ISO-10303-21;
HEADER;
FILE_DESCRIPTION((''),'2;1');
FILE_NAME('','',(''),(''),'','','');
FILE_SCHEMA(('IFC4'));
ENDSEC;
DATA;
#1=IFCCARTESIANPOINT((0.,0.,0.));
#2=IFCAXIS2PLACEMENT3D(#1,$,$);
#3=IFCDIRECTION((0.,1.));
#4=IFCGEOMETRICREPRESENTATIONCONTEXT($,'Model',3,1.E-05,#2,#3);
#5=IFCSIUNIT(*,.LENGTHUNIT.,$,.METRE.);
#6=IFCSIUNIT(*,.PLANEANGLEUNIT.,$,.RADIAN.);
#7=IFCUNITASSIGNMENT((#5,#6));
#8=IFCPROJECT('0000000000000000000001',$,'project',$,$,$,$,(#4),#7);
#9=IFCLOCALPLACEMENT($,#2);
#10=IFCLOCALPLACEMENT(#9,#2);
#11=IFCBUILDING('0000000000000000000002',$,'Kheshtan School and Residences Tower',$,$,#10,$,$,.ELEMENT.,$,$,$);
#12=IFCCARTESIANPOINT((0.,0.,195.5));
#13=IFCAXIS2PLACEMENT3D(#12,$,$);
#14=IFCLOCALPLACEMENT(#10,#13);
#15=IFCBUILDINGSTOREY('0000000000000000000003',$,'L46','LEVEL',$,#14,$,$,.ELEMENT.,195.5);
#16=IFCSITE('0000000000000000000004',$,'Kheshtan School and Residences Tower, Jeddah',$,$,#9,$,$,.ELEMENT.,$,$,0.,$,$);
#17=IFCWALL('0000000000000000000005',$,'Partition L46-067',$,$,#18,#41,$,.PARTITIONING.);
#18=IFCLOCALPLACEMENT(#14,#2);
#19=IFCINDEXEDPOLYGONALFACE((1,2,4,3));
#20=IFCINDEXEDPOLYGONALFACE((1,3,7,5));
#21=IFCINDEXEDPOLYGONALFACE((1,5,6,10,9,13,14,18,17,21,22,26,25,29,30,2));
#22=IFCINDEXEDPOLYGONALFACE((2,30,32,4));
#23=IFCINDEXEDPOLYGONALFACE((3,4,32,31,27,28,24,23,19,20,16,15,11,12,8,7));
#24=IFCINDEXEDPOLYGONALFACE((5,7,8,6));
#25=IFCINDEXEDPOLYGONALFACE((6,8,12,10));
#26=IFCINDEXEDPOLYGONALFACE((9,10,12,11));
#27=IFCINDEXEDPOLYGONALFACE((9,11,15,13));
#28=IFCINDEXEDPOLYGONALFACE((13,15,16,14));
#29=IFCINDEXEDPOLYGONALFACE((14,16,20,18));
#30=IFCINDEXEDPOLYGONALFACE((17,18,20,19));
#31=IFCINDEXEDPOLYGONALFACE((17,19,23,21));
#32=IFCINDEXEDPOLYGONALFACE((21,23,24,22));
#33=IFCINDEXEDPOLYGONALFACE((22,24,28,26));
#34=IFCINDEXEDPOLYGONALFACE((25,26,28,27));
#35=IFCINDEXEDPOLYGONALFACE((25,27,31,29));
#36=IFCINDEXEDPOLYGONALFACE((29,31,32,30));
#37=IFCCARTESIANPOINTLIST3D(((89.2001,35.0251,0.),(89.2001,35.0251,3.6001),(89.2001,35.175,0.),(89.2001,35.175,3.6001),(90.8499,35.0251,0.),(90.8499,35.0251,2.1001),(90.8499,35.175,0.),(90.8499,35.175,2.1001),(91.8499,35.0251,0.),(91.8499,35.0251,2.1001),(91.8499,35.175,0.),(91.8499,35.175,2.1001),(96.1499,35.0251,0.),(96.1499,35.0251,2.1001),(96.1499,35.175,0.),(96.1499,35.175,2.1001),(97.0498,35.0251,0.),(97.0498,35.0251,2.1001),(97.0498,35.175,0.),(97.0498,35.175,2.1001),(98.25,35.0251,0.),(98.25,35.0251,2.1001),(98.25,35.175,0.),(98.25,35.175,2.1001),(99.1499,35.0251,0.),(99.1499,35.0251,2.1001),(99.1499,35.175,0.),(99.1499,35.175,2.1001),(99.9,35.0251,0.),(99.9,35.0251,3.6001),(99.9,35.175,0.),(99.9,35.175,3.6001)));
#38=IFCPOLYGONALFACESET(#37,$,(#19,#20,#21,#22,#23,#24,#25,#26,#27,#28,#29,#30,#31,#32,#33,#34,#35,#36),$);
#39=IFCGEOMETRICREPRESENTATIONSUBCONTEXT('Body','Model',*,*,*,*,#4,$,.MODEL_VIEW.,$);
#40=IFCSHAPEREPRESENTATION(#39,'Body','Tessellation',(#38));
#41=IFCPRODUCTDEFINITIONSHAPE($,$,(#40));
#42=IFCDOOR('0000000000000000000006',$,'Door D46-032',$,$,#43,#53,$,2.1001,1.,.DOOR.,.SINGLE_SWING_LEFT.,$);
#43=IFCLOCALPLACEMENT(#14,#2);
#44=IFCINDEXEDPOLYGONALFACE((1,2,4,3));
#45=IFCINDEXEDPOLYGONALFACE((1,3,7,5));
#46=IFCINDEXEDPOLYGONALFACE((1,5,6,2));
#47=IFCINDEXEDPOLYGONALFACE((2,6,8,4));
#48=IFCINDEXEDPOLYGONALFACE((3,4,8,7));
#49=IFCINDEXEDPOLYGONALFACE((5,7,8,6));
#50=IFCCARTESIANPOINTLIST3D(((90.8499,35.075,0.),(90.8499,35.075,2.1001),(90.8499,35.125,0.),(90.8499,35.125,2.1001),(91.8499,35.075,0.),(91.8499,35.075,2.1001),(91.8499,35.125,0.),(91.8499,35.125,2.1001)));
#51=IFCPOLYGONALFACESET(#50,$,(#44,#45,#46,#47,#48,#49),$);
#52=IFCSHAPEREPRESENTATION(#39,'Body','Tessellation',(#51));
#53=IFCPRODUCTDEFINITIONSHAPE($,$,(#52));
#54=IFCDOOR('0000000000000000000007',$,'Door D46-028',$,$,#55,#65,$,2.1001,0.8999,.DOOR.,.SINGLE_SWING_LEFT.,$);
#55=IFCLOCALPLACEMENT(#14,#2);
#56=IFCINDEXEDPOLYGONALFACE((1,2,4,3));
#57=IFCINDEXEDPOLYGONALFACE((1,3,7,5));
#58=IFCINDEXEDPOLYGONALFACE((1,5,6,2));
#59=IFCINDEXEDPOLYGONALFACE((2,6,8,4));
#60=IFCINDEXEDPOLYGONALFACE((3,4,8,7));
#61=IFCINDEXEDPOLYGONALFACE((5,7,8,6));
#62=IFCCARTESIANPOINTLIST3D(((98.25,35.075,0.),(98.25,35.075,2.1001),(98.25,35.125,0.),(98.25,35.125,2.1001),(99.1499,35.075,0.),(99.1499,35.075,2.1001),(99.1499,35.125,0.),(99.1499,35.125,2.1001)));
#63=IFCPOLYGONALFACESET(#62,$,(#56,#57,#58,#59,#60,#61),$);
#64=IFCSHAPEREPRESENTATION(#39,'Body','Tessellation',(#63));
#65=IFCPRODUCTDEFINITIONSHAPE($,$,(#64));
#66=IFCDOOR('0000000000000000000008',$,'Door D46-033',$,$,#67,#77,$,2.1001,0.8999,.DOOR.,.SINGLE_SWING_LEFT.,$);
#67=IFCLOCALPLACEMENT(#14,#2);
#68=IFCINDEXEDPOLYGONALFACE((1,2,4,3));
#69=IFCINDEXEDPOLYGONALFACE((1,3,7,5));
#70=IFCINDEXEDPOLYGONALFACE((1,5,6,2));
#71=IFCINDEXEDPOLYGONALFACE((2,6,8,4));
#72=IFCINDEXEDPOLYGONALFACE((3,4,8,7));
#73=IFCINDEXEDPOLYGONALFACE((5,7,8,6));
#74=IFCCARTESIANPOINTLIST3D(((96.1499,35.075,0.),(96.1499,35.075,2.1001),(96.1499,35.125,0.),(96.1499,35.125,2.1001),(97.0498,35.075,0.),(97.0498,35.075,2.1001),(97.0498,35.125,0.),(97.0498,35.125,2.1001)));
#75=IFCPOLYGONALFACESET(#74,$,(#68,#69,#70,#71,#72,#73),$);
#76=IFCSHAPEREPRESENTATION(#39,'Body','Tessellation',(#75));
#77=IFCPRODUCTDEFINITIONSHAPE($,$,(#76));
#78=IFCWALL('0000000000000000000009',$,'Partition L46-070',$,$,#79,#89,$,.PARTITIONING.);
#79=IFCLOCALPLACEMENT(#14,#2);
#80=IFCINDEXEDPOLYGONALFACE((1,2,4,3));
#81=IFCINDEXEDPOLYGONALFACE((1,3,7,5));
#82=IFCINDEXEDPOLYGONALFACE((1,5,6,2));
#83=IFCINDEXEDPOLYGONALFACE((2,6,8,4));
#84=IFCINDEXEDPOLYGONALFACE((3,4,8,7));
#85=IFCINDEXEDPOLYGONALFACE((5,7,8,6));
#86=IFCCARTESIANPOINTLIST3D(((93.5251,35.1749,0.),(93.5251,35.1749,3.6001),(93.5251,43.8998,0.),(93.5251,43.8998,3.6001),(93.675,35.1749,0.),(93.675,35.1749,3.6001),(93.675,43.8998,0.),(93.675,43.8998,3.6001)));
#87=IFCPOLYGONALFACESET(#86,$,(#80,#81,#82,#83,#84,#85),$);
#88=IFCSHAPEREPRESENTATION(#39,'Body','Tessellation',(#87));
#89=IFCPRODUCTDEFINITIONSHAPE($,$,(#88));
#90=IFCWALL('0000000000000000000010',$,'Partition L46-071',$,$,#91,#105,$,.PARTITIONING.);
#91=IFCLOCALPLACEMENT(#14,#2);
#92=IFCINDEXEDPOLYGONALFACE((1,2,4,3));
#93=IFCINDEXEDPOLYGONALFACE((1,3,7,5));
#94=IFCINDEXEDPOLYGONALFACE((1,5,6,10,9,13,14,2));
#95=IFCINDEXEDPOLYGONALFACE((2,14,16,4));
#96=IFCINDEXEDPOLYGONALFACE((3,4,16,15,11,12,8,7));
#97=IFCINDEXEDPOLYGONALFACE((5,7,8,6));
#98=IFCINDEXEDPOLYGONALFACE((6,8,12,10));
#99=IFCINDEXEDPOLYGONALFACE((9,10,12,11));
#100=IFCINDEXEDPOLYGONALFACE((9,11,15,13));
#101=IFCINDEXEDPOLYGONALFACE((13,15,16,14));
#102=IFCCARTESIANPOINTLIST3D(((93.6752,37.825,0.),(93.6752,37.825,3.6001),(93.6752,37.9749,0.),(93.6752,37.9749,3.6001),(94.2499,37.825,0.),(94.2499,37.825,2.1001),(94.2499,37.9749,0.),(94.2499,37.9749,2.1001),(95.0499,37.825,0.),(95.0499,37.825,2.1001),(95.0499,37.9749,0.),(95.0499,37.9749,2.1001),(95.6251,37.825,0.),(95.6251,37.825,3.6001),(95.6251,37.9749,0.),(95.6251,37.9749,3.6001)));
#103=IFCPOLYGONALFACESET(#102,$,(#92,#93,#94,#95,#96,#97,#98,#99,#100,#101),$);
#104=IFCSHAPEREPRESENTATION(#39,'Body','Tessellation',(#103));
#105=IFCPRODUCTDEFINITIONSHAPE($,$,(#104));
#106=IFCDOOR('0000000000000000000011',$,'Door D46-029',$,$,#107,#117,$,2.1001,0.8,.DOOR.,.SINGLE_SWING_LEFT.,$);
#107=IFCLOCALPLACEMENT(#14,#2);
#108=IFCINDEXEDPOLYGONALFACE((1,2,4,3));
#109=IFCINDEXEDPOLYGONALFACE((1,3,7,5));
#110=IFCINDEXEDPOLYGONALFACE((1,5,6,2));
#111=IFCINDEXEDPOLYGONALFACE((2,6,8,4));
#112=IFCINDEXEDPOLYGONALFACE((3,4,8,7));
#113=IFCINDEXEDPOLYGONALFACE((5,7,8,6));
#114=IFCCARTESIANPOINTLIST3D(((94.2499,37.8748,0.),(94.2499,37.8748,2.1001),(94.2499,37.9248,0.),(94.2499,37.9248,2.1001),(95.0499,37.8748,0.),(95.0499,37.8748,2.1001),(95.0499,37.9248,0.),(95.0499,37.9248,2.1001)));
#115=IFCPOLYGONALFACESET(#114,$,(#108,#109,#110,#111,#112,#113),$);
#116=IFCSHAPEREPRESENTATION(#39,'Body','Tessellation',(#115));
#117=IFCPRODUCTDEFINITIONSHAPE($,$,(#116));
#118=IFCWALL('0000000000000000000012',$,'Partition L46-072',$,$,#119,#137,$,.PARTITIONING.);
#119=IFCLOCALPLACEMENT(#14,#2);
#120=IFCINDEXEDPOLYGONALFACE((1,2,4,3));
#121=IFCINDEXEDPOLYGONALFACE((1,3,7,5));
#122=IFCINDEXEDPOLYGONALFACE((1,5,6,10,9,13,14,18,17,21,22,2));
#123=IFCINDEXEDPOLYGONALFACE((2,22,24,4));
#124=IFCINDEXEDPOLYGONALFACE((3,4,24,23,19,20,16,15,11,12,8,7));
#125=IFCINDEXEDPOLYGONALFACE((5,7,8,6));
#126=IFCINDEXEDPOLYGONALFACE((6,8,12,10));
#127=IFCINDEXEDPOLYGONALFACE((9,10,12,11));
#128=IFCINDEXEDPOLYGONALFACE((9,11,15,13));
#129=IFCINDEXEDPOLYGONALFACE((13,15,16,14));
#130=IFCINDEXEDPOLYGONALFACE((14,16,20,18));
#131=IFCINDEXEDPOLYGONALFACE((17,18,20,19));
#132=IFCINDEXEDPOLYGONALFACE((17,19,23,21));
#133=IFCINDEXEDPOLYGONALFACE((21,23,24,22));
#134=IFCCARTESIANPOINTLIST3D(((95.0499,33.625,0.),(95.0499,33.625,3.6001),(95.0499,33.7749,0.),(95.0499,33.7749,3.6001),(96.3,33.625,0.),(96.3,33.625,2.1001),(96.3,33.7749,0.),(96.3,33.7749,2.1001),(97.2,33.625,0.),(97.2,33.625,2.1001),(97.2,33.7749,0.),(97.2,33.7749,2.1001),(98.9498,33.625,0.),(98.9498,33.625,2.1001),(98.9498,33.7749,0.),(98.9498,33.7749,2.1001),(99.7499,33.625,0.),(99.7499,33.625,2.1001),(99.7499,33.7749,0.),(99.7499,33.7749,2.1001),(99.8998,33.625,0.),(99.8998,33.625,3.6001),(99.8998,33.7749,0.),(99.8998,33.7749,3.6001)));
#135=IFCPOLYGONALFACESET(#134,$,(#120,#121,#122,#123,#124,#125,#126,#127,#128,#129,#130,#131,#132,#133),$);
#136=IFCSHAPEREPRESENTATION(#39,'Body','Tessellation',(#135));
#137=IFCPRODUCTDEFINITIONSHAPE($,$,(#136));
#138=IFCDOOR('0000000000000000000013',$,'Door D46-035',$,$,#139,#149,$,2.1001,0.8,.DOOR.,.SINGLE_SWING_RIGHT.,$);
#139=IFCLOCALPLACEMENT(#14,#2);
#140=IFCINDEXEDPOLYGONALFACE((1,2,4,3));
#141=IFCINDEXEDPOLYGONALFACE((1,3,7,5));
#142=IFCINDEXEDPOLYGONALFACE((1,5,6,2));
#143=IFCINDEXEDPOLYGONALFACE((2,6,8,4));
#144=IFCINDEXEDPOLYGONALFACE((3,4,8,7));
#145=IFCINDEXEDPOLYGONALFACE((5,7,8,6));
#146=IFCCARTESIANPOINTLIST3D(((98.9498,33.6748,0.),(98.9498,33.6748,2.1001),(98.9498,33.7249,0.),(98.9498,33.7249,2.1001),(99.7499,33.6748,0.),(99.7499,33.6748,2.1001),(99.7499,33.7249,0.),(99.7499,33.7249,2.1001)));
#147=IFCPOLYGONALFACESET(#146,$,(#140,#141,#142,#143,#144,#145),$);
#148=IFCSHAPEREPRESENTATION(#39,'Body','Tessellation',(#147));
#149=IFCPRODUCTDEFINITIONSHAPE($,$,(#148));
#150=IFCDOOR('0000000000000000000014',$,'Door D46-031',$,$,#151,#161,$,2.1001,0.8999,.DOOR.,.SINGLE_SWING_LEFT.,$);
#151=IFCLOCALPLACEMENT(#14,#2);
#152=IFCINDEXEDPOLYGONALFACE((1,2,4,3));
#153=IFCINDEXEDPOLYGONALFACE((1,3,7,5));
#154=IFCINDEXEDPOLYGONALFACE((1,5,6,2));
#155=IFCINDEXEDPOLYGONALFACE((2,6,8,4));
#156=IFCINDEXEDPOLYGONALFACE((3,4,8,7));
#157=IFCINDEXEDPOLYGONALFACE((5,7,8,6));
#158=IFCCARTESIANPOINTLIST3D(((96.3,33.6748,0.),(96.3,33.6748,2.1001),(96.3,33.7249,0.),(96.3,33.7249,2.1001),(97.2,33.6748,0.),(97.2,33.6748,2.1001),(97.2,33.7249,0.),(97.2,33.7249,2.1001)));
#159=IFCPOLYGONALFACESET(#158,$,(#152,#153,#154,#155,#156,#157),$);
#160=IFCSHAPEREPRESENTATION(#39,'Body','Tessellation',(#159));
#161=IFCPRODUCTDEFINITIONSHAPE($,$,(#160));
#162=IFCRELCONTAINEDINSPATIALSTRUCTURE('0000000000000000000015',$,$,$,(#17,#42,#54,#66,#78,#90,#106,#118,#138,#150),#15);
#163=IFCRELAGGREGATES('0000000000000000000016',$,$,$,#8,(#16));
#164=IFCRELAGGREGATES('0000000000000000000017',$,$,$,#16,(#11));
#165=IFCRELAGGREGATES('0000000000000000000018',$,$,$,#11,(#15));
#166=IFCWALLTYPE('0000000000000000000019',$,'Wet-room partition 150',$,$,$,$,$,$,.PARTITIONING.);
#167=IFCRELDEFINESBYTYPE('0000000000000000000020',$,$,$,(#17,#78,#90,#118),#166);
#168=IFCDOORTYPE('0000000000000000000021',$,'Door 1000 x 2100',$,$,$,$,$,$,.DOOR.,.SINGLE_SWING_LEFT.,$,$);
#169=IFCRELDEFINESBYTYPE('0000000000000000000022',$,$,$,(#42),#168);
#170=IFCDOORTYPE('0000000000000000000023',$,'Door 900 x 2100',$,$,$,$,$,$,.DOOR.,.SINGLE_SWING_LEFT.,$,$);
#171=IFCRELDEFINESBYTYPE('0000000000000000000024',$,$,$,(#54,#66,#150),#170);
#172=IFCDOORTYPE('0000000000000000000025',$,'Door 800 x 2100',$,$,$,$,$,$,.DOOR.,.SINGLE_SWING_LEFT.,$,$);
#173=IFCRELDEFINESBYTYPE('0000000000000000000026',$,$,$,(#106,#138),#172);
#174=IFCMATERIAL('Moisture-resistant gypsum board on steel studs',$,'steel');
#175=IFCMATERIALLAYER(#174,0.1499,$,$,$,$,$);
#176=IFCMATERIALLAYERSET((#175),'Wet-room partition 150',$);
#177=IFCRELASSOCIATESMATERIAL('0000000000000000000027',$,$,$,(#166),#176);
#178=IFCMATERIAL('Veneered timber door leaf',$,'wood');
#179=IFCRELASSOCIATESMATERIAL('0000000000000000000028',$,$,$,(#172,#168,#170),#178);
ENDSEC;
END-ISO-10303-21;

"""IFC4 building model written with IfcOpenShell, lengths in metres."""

from ifc_helpers import new_model, si_unit, direction, frame, frame_2d, origin, place, context, subcontext, project, spatial, rectangle, extrude, source, transform, mapped, material, layer, layer_set, type_object, element, fill, save


model = new_model("IFC4")

# Units and contexts
model_context = context("Model", 3, precision=1e-05, world=origin(), true_north=direction((0.0, 1.0)))
body_context = subcontext(model_context, "Body", "Model", "MODEL_VIEW")
ifc_project = project(units=[si_unit("LENGTHUNIT", "METRE"), si_unit("PLANEANGLEUNIT", "RADIAN")], contexts=[model_context])

# Site, building, storey
site_placement = place(None, origin())
site = spatial("IfcSite", under=ifc_project, at=site_placement, Name="Kheshtan School and Residences Tower, Jeddah", CompositionType="ELEMENT", RefElevation=0.0)
building_placement = place(site_placement, origin())
building = spatial("IfcBuilding", under=site, at=building_placement, Name="Kheshtan School and Residences Tower", CompositionType="ELEMENT")
storey_placement = place(building_placement, frame((0.0, 0.0, 195.5)))
storey = spatial("IfcBuildingStorey", under=building, at=storey_placement, Name="L46", Description="LEVEL", CompositionType="ELEMENT", Elevation=195.5)

# Wall, openings, doors
ifc_material_1 = material(Name="Moisture-resistant gypsum board on steel studs", Category="steel")
ifc_layer_1 = layer(ifc_material_1, 0.1499)
ifc_layer_set_1 = layer_set([ifc_layer_1], Name="Wet-room partition 150")
wall_type_1 = type_object("IfcWallType", Name="Wet-room partition 150", PredefinedType="PARTITIONING", material=ifc_layer_set_1)
ifc_material_2 = material(Name="Veneered timber door leaf", Category="wood")
door_type_1 = type_object("IfcDoorType", Name="Door 800 x 2100", OperationType="SINGLE_SWING_LEFT", PredefinedType="DOOR", material=ifc_material_2)
shared_shape_1 = source(origin(), body_context, "Body", "SweptSolid", [
    extrude(rectangle(XDim=0.8, YDim=2.1001, at=frame_2d((0.3999, 1.05))), frame((0.0, 0.0249, 0.0), z_axis=(0.0, -1.0, 0.0), x_axis=(1.0, 0.0, 0.0)), (0.0, 0.0, 1.0), 0.05),
])
wall_1_placement = place(storey_placement, frame((89.2, 35.1001, 0.0), z_axis=(0.0, 0.0, 1.0), x_axis=(1.0, 0.0, 0.0)))
wall_1 = element("IfcWall", 1, at=wall_1_placement, inside=storey, type_object=wall_type_1, Name="Partition L46-067", PredefinedType="PARTITIONING", context=body_context, shape_type="SweptSolid", body=[
    extrude(rectangle(XDim=10.7, YDim=0.1499, at=frame_2d((5.3501, 0.0))), origin(), (0.0, 0.0, 1.0), 3.6001),
])
opening_1_placement = place(wall_1_placement, frame((9.05, 0.0, 0.0)))
opening_1 = element("IfcOpeningElement", 2, at=opening_1_placement, cuts=wall_1, PredefinedType="OPENING", context=body_context, shape_type="SweptSolid", body=[
    extrude(rectangle(XDim=0.8999, YDim=2.1001, at=frame_2d((0.45, 1.05))), frame((0.0, 0.085, 0.0), z_axis=(0.0, -1.0, 0.0), x_axis=(1.0, 0.0, 0.0)), (0.0, 0.0, 1.0), 0.1699),
])
opening_2_placement = place(wall_1_placement, frame((1.6499, 0.0, 0.0)))
opening_2 = element("IfcOpeningElement", 3, at=opening_2_placement, cuts=wall_1, PredefinedType="OPENING", context=body_context, shape_type="SweptSolid", body=[
    extrude(rectangle(XDim=1.0, YDim=2.1001, at=frame_2d((0.5, 1.05))), frame((0.0, 0.085, 0.0), z_axis=(0.0, -1.0, 0.0), x_axis=(1.0, 0.0, 0.0)), (0.0, 0.0, 1.0), 0.1699),
])
opening_3_placement = place(wall_1_placement, frame((6.95, 0.0, 0.0)))
opening_3 = element("IfcOpeningElement", 4, at=opening_3_placement, cuts=wall_1, PredefinedType="OPENING", context=body_context, shape_type="SweptSolid", body=[
    extrude(rectangle(XDim=0.8999, YDim=2.1001, at=frame_2d((0.45, 1.05))), frame((0.0, 0.085, 0.0), z_axis=(0.0, -1.0, 0.0), x_axis=(1.0, 0.0, 0.0)), (0.0, 0.0, 1.0), 0.1699),
])
door_type_2 = type_object("IfcDoorType", Name="Door 1000 x 2100", OperationType="SINGLE_SWING_LEFT", PredefinedType="DOOR", material=ifc_material_2)
shared_shape_2 = source(origin(), body_context, "Body", "SweptSolid", [
    extrude(rectangle(XDim=1.0, YDim=2.1001, at=frame_2d((0.5, 1.05))), frame((0.0, 0.0249, 0.0), z_axis=(0.0, -1.0, 0.0), x_axis=(1.0, 0.0, 0.0)), (0.0, 0.0, 1.0), 0.05),
])
door_1_placement = place(opening_2_placement, origin())
door_1 = element("IfcDoor", 5, at=door_1_placement, inside=storey, type_object=door_type_2, Name="Door D46-032", OperationType="SINGLE_SWING_LEFT", OverallHeight=2.1001, OverallWidth=1.0, PredefinedType="DOOR", context=body_context, shape_type="MappedRepresentation", body=[
    mapped(shared_shape_2, transform((0.0, 0.0, 0.0), x_axis=(1.0, 0.0, 0.0), y_axis=(0.0, 1.0, 0.0), z_axis=(0.0, 0.0, 1.0), scale=1.0)),
])
fill(opening_2, door_1)
door_type_3 = type_object("IfcDoorType", Name="Door 900 x 2100", OperationType="SINGLE_SWING_LEFT", PredefinedType="DOOR", material=ifc_material_2)
shared_shape_3 = source(origin(), body_context, "Body", "SweptSolid", [
    extrude(rectangle(XDim=0.8999, YDim=2.1001, at=frame_2d((0.45, 1.05))), frame((0.0, 0.0249, 0.0), z_axis=(0.0, -1.0, 0.0), x_axis=(1.0, 0.0, 0.0)), (0.0, 0.0, 1.0), 0.05),
])
door_2_placement = place(opening_1_placement, origin())
door_2 = element("IfcDoor", 6, at=door_2_placement, inside=storey, type_object=door_type_3, Name="Door D46-028", OperationType="SINGLE_SWING_LEFT", OverallHeight=2.1001, OverallWidth=0.8999, PredefinedType="DOOR", context=body_context, shape_type="MappedRepresentation", body=[
    mapped(shared_shape_3, transform((0.0, 0.0, 0.0), x_axis=(1.0, 0.0, 0.0), y_axis=(0.0, 1.0, 0.0), z_axis=(0.0, 0.0, 1.0), scale=1.0)),
])
fill(opening_1, door_2)
door_3_placement = place(opening_3_placement, origin())
door_3 = element("IfcDoor", 7, at=door_3_placement, inside=storey, type_object=door_type_3, Name="Door D46-033", OperationType="SINGLE_SWING_LEFT", OverallHeight=2.1001, OverallWidth=0.8999, PredefinedType="DOOR", context=body_context, shape_type="MappedRepresentation", body=[
    mapped(shared_shape_3, transform((0.0, 0.0, 0.0), x_axis=(1.0, 0.0, 0.0), y_axis=(0.0, 1.0, 0.0), z_axis=(0.0, 0.0, 1.0), scale=1.0)),
])
fill(opening_3, door_3)

# Wall
wall_2_placement = place(storey_placement, frame((93.6001, 35.175, 0.0), z_axis=(0.0, 0.0, 1.0), x_axis=(0.0, 1.0, 0.0)))
element("IfcWall", 8, at=wall_2_placement, inside=storey, type_object=wall_type_1, Name="Partition L46-070", PredefinedType="PARTITIONING", context=body_context, shape_type="SweptSolid", body=[
    extrude(rectangle(XDim=8.7249, YDim=0.1499, at=frame_2d((4.3623, 0.0))), origin(), (0.0, 0.0, 1.0), 3.6001),
])

# Wall, opening, door
wall_3_placement = place(storey_placement, frame((93.675, 37.8999, 0.0), z_axis=(0.0, 0.0, 1.0), x_axis=(1.0, 0.0, 0.0)))
wall_3 = element("IfcWall", 9, at=wall_3_placement, inside=storey, type_object=wall_type_1, Name="Partition L46-071", PredefinedType="PARTITIONING", context=body_context, shape_type="SweptSolid", body=[
    extrude(rectangle(XDim=1.95, YDim=0.1499, at=frame_2d((0.9751, 0.0))), origin(), (0.0, 0.0, 1.0), 3.6001),
])
opening_4_placement = place(wall_3_placement, frame((0.575, 0.0, 0.0)))
opening_4 = element("IfcOpeningElement", 10, at=opening_4_placement, cuts=wall_3, PredefinedType="OPENING", context=body_context, shape_type="SweptSolid", body=[
    extrude(rectangle(XDim=0.8, YDim=2.1001, at=frame_2d((0.3999, 1.05))), frame((0.0, 0.085, 0.0), z_axis=(0.0, -1.0, 0.0), x_axis=(1.0, 0.0, 0.0)), (0.0, 0.0, 1.0), 0.1699),
])
door_4_placement = place(opening_4_placement, origin())
door_4 = element("IfcDoor", 11, at=door_4_placement, inside=storey, type_object=door_type_1, Name="Door D46-029", OperationType="SINGLE_SWING_LEFT", OverallHeight=2.1001, OverallWidth=0.8, PredefinedType="DOOR", context=body_context, shape_type="MappedRepresentation", body=[
    mapped(shared_shape_1, transform((0.0, 0.0, 0.0), x_axis=(1.0, 0.0, 0.0), y_axis=(0.0, 1.0, 0.0), z_axis=(0.0, 0.0, 1.0), scale=1.0)),
])
fill(opening_4, door_4)

# Wall, openings, doors
wall_4_placement = place(storey_placement, frame((95.05, 33.7, 0.0), z_axis=(0.0, 0.0, 1.0), x_axis=(1.0, 0.0, 0.0)))
wall_4 = element("IfcWall", 12, at=wall_4_placement, inside=storey, type_object=wall_type_1, Name="Partition L46-072", PredefinedType="PARTITIONING", context=body_context, shape_type="SweptSolid", body=[
    extrude(rectangle(XDim=4.8499, YDim=0.1499, at=frame_2d((2.4248, 0.0))), origin(), (0.0, 0.0, 1.0), 3.6001),
])
opening_5_placement = place(wall_4_placement, frame((1.25, 0.0, 0.0)))
opening_5 = element("IfcOpeningElement", 13, at=opening_5_placement, cuts=wall_4, PredefinedType="OPENING", context=body_context, shape_type="SweptSolid", body=[
    extrude(rectangle(XDim=0.8999, YDim=2.1001, at=frame_2d((0.45, 1.05))), frame((0.0, 0.085, 0.0), z_axis=(0.0, -1.0, 0.0), x_axis=(1.0, 0.0, 0.0)), (0.0, 0.0, 1.0), 0.1699),
])
opening_6_placement = place(wall_4_placement, frame((3.8999, 0.0, 0.0)))
opening_6 = element("IfcOpeningElement", 14, at=opening_6_placement, cuts=wall_4, PredefinedType="OPENING", context=body_context, shape_type="SweptSolid", body=[
    extrude(rectangle(XDim=0.8, YDim=2.1001, at=frame_2d((0.3999, 1.05))), frame((0.0, 0.085, 0.0), z_axis=(0.0, -1.0, 0.0), x_axis=(1.0, 0.0, 0.0)), (0.0, 0.0, 1.0), 0.1699),
])
door_5_placement = place(opening_6_placement, origin())
door_5 = element("IfcDoor", 15, at=door_5_placement, inside=storey, type_object=door_type_1, Name="Door D46-035", OperationType="SINGLE_SWING_RIGHT", OverallHeight=2.1001, OverallWidth=0.8, PredefinedType="DOOR", context=body_context, shape_type="MappedRepresentation", body=[
    mapped(shared_shape_1, transform((0.0, 0.0, 0.0), x_axis=(1.0, 0.0, 0.0), y_axis=(0.0, 1.0, 0.0), z_axis=(0.0, 0.0, 1.0), scale=1.0)),
])
fill(opening_6, door_5)
door_6_placement = place(opening_5_placement, origin())
door_6 = element("IfcDoor", 16, at=door_6_placement, inside=storey, type_object=door_type_3, Name="Door D46-031", OperationType="SINGLE_SWING_LEFT", OverallHeight=2.1001, OverallWidth=0.8999, PredefinedType="DOOR", context=body_context, shape_type="MappedRepresentation", body=[
    mapped(shared_shape_3, transform((0.0, 0.0, 0.0), x_axis=(1.0, 0.0, 0.0), y_axis=(0.0, 1.0, 0.0), z_axis=(0.0, 0.0, 1.0), scale=1.0)),
])
fill(opening_5, door_6)

save(model, "model.ifc")
